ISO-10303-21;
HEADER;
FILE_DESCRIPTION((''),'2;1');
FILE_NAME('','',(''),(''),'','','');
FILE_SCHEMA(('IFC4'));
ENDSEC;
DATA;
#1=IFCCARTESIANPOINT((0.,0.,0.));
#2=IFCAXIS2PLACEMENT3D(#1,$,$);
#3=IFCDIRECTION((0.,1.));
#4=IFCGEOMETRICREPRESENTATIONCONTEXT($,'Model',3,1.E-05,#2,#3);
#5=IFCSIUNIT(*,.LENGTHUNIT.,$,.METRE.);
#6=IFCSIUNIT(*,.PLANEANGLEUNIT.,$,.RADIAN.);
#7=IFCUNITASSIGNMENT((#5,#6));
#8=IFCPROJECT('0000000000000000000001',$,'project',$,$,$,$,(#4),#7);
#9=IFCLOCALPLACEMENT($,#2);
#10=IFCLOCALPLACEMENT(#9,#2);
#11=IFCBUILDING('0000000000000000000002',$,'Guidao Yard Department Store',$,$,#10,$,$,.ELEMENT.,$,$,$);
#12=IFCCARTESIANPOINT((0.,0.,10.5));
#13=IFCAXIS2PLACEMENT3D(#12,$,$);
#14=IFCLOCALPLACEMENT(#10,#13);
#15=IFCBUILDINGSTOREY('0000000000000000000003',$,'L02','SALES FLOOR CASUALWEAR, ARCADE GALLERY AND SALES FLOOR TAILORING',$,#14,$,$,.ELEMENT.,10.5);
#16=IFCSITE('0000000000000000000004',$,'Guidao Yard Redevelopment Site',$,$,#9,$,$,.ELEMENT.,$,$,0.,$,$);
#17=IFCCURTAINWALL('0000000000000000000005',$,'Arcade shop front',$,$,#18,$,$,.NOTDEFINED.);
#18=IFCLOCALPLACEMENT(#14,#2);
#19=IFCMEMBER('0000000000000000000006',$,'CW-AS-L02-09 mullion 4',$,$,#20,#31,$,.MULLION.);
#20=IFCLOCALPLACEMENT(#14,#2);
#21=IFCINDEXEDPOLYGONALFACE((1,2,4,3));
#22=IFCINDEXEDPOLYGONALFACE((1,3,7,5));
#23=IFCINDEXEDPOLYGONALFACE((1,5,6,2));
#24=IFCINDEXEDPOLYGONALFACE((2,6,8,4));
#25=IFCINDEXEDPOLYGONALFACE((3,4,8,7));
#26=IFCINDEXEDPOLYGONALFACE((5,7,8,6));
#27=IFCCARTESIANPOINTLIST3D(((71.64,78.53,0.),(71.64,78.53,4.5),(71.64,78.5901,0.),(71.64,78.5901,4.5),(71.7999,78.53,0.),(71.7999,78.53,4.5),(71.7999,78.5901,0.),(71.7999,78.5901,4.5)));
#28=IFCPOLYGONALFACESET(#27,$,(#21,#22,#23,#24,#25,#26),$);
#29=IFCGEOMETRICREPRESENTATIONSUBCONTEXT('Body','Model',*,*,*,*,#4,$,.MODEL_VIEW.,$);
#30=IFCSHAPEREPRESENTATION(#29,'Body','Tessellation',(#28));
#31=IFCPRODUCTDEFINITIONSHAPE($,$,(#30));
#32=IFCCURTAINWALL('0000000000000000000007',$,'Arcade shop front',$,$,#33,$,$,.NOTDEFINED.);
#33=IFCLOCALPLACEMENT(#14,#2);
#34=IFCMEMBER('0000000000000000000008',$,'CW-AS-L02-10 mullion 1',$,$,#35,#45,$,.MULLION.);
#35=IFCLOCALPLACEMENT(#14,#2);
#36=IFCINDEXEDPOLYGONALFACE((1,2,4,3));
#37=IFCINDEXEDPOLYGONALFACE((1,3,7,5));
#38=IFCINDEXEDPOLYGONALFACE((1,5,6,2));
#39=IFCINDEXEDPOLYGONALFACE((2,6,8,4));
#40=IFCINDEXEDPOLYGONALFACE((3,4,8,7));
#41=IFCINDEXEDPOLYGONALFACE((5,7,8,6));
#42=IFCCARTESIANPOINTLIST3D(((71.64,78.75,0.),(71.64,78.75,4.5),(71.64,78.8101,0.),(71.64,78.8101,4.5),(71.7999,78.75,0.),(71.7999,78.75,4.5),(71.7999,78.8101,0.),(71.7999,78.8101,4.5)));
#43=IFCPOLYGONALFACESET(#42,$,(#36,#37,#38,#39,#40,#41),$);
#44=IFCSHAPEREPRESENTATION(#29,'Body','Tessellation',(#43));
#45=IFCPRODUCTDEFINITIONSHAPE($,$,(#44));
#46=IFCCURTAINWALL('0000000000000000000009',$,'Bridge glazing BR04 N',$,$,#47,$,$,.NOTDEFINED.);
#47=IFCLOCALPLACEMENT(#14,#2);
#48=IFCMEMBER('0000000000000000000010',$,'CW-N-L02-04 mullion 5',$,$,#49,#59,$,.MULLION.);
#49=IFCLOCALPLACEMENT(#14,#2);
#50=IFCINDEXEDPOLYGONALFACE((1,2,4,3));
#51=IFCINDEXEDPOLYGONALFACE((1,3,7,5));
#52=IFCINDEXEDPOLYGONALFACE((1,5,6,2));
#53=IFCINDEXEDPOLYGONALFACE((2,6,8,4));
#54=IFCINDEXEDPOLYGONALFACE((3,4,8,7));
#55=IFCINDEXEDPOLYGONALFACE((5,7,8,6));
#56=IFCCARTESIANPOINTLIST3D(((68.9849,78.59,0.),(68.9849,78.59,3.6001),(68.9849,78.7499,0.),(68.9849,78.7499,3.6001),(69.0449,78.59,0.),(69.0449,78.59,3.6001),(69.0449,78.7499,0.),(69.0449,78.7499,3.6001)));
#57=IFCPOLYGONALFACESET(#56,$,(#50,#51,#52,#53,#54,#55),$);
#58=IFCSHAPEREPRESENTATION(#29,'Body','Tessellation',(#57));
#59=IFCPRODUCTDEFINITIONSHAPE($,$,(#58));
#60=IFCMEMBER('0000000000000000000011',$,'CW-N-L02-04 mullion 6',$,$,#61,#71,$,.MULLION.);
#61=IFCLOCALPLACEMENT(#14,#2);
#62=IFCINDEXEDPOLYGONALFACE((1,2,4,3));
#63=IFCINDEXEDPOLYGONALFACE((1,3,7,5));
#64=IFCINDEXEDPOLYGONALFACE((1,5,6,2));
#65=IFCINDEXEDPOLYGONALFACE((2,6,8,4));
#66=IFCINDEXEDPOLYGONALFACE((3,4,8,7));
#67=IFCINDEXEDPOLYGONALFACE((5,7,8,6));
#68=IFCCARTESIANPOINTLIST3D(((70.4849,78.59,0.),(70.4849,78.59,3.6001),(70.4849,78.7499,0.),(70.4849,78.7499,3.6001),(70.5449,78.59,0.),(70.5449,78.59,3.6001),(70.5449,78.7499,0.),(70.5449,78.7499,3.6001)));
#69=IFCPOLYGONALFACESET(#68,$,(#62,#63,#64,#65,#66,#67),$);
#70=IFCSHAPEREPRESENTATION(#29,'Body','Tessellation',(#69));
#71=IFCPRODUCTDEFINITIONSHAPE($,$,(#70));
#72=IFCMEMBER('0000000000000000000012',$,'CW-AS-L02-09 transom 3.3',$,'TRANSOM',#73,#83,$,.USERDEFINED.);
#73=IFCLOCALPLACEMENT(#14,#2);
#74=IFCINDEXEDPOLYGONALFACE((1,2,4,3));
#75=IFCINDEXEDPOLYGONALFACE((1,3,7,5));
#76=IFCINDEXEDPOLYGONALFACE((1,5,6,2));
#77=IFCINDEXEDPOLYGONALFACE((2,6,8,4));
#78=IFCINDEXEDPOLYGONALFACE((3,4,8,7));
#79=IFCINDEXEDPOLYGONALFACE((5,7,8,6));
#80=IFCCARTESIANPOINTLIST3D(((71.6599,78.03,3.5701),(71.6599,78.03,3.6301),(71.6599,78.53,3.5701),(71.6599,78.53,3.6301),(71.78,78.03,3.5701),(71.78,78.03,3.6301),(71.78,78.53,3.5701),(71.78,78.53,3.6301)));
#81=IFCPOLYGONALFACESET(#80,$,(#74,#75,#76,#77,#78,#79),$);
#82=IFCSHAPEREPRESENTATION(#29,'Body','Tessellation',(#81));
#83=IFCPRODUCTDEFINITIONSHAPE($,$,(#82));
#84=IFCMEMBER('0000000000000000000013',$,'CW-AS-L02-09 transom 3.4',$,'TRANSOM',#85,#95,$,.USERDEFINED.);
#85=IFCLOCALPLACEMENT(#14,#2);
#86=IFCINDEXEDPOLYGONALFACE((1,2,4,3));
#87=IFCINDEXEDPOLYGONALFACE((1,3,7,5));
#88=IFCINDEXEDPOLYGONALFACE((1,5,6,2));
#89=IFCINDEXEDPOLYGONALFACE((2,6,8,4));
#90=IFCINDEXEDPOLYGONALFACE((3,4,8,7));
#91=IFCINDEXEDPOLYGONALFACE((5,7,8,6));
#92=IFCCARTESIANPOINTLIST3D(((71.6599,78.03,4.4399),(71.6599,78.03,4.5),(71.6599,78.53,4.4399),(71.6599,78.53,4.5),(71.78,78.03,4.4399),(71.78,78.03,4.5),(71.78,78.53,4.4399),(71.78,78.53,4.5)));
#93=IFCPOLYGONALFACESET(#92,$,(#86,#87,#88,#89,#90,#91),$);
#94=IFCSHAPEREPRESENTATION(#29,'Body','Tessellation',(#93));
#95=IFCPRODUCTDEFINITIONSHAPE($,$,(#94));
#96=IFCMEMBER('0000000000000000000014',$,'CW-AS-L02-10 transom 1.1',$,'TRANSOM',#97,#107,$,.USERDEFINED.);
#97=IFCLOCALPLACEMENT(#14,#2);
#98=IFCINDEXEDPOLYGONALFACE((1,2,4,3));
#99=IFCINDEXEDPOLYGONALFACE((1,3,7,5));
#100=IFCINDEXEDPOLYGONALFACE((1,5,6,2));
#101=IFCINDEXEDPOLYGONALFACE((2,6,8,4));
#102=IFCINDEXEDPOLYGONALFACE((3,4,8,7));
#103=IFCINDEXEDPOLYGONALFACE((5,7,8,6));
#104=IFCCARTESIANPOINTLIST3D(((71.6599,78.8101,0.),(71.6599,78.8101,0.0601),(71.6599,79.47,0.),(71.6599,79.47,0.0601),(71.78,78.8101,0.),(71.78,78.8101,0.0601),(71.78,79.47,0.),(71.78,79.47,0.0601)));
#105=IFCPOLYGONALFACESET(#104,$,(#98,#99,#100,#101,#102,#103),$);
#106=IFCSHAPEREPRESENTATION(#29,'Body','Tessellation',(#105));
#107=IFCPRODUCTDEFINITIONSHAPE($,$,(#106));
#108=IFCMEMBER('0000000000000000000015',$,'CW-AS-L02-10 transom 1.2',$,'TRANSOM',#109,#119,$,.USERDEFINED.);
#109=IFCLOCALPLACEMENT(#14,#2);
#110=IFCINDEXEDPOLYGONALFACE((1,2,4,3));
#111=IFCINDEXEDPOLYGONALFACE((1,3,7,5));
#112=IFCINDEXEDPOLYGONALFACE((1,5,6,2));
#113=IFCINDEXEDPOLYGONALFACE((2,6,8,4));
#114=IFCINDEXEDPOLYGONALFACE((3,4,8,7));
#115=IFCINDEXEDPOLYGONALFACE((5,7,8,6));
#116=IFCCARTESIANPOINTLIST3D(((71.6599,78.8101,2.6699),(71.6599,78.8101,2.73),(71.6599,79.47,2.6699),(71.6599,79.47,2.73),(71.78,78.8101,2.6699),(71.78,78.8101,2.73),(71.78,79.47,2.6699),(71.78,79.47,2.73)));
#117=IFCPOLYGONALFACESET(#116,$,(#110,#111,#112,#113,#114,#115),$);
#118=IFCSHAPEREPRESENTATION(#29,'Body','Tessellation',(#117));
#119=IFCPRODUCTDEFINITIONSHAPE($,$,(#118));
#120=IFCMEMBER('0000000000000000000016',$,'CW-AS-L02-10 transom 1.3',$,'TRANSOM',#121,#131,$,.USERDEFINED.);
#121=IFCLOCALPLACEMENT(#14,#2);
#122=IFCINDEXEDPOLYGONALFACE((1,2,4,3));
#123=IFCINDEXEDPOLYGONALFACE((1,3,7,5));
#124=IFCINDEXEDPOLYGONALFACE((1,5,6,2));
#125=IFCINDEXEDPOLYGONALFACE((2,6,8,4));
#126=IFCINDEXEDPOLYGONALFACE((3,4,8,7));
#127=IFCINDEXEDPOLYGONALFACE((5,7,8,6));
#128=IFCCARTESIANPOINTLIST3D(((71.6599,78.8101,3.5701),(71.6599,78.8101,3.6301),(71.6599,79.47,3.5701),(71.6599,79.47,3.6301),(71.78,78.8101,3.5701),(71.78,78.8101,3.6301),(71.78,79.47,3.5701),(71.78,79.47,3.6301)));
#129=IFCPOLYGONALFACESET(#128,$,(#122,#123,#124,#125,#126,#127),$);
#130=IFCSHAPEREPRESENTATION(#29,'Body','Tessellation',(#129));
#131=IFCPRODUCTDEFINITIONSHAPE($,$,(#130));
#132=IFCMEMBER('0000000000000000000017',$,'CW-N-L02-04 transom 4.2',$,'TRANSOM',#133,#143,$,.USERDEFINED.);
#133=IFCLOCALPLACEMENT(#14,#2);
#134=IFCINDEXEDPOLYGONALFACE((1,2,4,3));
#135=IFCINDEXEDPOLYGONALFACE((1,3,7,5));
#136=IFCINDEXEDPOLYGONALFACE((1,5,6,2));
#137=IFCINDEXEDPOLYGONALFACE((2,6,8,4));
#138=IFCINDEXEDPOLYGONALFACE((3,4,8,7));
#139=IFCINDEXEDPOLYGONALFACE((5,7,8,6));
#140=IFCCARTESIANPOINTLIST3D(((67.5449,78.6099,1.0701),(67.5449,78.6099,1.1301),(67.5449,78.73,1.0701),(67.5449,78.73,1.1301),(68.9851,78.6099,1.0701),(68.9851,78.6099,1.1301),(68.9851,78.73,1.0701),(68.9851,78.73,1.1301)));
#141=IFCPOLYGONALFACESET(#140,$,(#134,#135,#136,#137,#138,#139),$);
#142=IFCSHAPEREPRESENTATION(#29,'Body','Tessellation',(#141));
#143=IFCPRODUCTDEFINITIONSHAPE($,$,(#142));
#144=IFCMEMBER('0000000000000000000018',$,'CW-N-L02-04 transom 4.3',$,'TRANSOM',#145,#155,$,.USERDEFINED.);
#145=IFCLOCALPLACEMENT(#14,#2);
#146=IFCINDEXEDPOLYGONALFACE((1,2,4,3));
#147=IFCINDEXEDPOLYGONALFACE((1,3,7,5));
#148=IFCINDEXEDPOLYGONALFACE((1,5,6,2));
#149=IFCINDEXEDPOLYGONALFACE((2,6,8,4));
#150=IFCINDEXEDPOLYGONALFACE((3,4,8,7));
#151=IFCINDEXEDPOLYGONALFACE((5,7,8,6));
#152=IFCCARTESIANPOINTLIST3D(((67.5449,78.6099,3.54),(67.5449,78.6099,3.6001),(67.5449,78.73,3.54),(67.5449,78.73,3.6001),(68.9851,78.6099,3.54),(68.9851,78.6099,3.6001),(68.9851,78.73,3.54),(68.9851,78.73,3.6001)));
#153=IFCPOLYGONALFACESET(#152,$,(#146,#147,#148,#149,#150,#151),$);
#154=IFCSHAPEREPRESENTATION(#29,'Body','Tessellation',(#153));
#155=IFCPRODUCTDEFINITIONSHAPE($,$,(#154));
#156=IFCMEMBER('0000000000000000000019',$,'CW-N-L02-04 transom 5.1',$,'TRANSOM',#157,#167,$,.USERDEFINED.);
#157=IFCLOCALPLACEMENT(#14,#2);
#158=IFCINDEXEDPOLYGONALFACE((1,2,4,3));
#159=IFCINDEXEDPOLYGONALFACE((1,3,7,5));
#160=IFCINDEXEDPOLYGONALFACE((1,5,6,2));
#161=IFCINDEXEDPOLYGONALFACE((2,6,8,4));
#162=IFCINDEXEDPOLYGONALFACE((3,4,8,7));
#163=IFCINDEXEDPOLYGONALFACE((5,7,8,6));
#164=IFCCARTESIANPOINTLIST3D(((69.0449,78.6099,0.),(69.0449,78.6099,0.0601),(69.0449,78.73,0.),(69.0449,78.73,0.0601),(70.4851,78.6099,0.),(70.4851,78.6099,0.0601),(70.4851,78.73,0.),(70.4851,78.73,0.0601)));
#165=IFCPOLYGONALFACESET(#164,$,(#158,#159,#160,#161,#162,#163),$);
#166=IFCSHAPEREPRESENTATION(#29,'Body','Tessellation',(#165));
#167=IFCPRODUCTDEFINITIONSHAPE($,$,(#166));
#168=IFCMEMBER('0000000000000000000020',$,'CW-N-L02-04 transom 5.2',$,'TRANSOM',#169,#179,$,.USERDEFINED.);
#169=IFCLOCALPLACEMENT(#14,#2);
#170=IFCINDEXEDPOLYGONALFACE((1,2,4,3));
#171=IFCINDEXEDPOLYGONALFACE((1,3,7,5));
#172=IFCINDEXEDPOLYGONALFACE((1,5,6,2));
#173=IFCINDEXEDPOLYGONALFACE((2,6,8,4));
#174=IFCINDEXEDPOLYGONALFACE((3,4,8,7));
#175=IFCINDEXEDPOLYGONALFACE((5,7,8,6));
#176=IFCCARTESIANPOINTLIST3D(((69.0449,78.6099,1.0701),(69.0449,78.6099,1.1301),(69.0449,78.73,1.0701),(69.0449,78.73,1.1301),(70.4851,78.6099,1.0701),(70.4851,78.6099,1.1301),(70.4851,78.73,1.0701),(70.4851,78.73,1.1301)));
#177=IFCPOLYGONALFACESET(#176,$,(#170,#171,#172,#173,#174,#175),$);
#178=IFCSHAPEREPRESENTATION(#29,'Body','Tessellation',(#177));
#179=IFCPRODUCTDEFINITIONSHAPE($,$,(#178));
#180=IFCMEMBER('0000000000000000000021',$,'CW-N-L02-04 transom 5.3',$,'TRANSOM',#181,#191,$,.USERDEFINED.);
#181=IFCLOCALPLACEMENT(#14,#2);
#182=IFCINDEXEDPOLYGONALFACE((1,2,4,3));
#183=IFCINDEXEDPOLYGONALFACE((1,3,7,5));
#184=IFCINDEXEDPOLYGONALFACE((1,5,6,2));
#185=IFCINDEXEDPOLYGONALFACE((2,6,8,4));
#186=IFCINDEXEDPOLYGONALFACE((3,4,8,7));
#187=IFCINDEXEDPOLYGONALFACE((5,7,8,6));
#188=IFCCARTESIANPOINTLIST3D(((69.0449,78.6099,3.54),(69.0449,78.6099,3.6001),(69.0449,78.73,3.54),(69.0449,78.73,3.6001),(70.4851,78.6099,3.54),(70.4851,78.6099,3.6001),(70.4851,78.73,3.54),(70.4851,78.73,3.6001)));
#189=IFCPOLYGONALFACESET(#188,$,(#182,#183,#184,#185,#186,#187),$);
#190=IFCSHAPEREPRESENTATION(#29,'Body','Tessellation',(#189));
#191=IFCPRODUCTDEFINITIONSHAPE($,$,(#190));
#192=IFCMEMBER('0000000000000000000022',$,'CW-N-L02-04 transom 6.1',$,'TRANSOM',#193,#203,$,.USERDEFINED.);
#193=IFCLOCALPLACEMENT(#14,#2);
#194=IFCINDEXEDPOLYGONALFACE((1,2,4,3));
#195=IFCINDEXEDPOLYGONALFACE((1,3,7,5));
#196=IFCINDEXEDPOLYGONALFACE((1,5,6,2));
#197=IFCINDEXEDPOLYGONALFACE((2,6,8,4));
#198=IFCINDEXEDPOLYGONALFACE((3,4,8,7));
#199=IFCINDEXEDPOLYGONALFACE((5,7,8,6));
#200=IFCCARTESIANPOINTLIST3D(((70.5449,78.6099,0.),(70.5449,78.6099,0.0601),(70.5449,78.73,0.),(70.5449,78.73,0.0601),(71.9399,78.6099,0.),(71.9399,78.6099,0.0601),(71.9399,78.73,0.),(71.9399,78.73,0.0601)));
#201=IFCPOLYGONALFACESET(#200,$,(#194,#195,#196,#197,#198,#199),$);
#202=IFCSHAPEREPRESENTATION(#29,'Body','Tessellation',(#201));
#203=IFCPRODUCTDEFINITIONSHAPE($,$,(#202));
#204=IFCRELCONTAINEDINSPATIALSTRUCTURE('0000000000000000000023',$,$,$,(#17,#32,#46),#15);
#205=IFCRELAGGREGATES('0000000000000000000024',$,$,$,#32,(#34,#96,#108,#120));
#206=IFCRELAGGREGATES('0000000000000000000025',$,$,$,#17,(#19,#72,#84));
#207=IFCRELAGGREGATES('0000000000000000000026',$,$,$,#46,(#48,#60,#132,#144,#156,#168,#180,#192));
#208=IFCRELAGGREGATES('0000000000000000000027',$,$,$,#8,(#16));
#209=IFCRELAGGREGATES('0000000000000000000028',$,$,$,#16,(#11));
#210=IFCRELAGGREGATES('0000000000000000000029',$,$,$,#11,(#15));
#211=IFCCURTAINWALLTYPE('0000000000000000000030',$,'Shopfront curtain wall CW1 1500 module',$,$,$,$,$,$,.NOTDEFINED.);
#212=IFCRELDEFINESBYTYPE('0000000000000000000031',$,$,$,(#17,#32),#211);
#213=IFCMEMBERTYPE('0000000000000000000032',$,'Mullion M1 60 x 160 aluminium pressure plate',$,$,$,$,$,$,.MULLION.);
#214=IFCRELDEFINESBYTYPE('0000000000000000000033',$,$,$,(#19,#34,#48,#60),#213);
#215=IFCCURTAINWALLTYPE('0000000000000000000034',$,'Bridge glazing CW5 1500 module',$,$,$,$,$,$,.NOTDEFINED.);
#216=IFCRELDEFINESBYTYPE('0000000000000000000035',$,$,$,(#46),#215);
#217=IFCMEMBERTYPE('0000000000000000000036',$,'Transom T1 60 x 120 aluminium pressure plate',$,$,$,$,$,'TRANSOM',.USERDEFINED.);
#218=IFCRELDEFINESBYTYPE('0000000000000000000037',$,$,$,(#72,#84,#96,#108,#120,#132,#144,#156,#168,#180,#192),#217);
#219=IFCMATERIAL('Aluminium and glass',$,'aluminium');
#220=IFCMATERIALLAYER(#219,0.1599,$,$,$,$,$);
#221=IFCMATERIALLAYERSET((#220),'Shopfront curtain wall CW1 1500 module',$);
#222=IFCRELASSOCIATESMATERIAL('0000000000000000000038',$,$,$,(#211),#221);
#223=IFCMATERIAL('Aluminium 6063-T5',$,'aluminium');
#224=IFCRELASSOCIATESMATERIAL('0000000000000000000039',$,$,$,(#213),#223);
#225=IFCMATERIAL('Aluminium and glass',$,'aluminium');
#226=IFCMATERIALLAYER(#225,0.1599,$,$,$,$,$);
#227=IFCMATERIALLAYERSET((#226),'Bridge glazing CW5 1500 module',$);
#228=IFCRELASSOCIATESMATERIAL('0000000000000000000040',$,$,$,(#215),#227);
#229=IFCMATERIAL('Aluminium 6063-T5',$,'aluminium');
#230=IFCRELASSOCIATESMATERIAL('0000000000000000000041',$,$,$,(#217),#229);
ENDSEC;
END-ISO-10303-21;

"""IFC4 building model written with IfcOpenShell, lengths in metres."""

from ifc_helpers import new_model, si_unit, direction, frame, origin, origin_2d, place, context, subcontext, project, spatial, rectangle, extrude, material, layer, layer_set, material_profile, profile_set, type_object, element, aggregate, save


model = new_model("IFC4")

# Units and contexts
model_context = context("Model", 3, precision=1e-05, world=origin(), true_north=direction((0.0, 1.0)))
body_context = subcontext(model_context, "Body", "Model", "MODEL_VIEW")
ifc_project = project(units=[si_unit("LENGTHUNIT", "METRE"), si_unit("PLANEANGLEUNIT", "RADIAN")], contexts=[model_context])

# Site, building, storey
site_placement = place(None, origin())
site = spatial("IfcSite", under=ifc_project, at=site_placement, Name="Guidao Yard Redevelopment Site", CompositionType="ELEMENT", RefElevation=0.0)
building_placement = place(site_placement, origin())
building = spatial("IfcBuilding", under=site, at=building_placement, Name="Guidao Yard Department Store", CompositionType="ELEMENT")
storey_placement = place(building_placement, frame((0.0, 0.0, 10.5)))
storey = spatial("IfcBuildingStorey", under=building, at=storey_placement, Name="L02", Description="SALES FLOOR CASUALWEAR, ARCADE GALLERY AND SALES FLOOR TAILORING", CompositionType="ELEMENT", Elevation=10.5)

# Curtain walls, members
ifc_material_1 = material(Name="Aluminium and glass", Category="aluminium")
ifc_layer_1 = layer(ifc_material_1, 0.1599)
ifc_layer_set_1 = layer_set([ifc_layer_1], Name="Shopfront curtain wall CW1 1500 module")
curtain_wall_type_1 = type_object("IfcCurtainWallType", Name="Shopfront curtain wall CW1 1500 module", PredefinedType="NOTDEFINED", material=ifc_layer_set_1)
curtain_wall_1_placement = place(storey_placement, origin())
curtain_wall_1 = element("IfcCurtainWall", 1, at=curtain_wall_1_placement, inside=storey, type_object=curtain_wall_type_1, Name="Arcade shop front", PredefinedType="NOTDEFINED")
ifc_material_2 = material(Name="Aluminium 6063-T5", Category="aluminium")
ifc_material_profile_1 = material_profile(ifc_material_2, rectangle(XDim=0.0601, YDim=0.1599, at=origin_2d()), Name="Mullion M1 60 x 160 aluminium pressure plate")
ifc_profile_set_1 = profile_set([ifc_material_profile_1], Name="Aluminium 6063-T5")
member_type_1 = type_object("IfcMemberType", Name="Mullion M1 60 x 160 aluminium pressure plate", PredefinedType="MULLION", material=ifc_profile_set_1)
member_1_placement = place(storey_placement, frame((71.72, 78.5601, 0.0), z_axis=(0.0, 0.0, 1.0), x_axis=(0.0, 1.0, 0.0)))
member_1 = element("IfcMember", 2, at=member_1_placement, type_object=member_type_1, Name="CW-AS-L02-09 mullion 4", PredefinedType="MULLION", context=body_context, shape_type="SweptSolid", body=[
    extrude(rectangle(XDim=0.0601, YDim=0.1599, at=origin_2d()), origin(), (0.0, 0.0, 1.0), 4.5),
])
curtain_wall_2_placement = place(storey_placement, origin())
curtain_wall_2 = element("IfcCurtainWall", 3, at=curtain_wall_2_placement, inside=storey, type_object=curtain_wall_type_1, Name="Arcade shop front", PredefinedType="NOTDEFINED")
member_2_placement = place(storey_placement, frame((71.72, 78.78, 0.0), z_axis=(0.0, 0.0, 1.0), x_axis=(0.0, 1.0, 0.0)))
member_2 = element("IfcMember", 4, at=member_2_placement, type_object=member_type_1, Name="CW-AS-L02-10 mullion 1", PredefinedType="MULLION", context=body_context, shape_type="SweptSolid", body=[
    extrude(rectangle(XDim=0.0601, YDim=0.1599, at=origin_2d()), origin(), (0.0, 0.0, 1.0), 4.5),
])

# Curtain wall, members
ifc_material_3 = material(Name="Aluminium and glass", Category="aluminium")
ifc_layer_2 = layer(ifc_material_3, 0.1599)
ifc_layer_set_2 = layer_set([ifc_layer_2], Name="Bridge glazing CW5 1500 module")
curtain_wall_type_2 = type_object("IfcCurtainWallType", Name="Bridge glazing CW5 1500 module", PredefinedType="NOTDEFINED", material=ifc_layer_set_2)
curtain_wall_3_placement = place(storey_placement, origin())
curtain_wall_3 = element("IfcCurtainWall", 5, at=curtain_wall_3_placement, inside=storey, type_object=curtain_wall_type_2, Name="Bridge glazing BR04 N", PredefinedType="NOTDEFINED")
member_3_placement = place(storey_placement, frame((69.0149, 78.6699, 0.0), z_axis=(0.0, 0.0, 1.0), x_axis=(1.0, 0.0, 0.0)))
member_3 = element("IfcMember", 6, at=member_3_placement, type_object=member_type_1, Name="CW-N-L02-04 mullion 5", PredefinedType="MULLION", context=body_context, shape_type="SweptSolid", body=[
    extrude(rectangle(XDim=0.0601, YDim=0.1599, at=origin_2d()), origin(), (0.0, 0.0, 1.0), 3.6001),
])
member_4_placement = place(storey_placement, frame((70.5149, 78.6699, 0.0), z_axis=(0.0, 0.0, 1.0), x_axis=(1.0, 0.0, 0.0)))
member_4 = element("IfcMember", 7, at=member_4_placement, type_object=member_type_1, Name="CW-N-L02-04 mullion 6", PredefinedType="MULLION", context=body_context, shape_type="SweptSolid", body=[
    extrude(rectangle(XDim=0.0601, YDim=0.1599, at=origin_2d()), origin(), (0.0, 0.0, 1.0), 3.6001),
])

# Members
ifc_material_4 = material(Name="Aluminium 6063-T5", Category="aluminium")
ifc_material_profile_2 = material_profile(ifc_material_4, rectangle(XDim=0.1201, YDim=0.0601, at=origin_2d()), Name="Transom T1 60 x 120 aluminium pressure plate")
ifc_profile_set_2 = profile_set([ifc_material_profile_2], Name="Aluminium 6063-T5")
member_type_2 = type_object("IfcMemberType", Name="Transom T1 60 x 120 aluminium pressure plate", ElementType="TRANSOM", PredefinedType="USERDEFINED", material=ifc_profile_set_2)
member_5_placement = place(storey_placement, frame((71.72, 78.03, 3.6001), z_axis=(0.0, 1.0, 0.0), x_axis=(-1.0, 0.0, 0.0)))
member_5 = element("IfcMember", 8, at=member_5_placement, type_object=member_type_2, Name="CW-AS-L02-09 transom 3.3", ObjectType="TRANSOM", PredefinedType="USERDEFINED", context=body_context, shape_type="SweptSolid", body=[
    extrude(rectangle(XDim=0.1201, YDim=0.0601, at=origin_2d()), origin(), (0.0, 0.0, 1.0), 0.5),
])
member_6_placement = place(storey_placement, frame((71.72, 78.03, 4.47), z_axis=(0.0, 1.0, 0.0), x_axis=(-1.0, 0.0, 0.0)))
member_6 = element("IfcMember", 9, at=member_6_placement, type_object=member_type_2, Name="CW-AS-L02-09 transom 3.4", ObjectType="TRANSOM", PredefinedType="USERDEFINED", context=body_context, shape_type="SweptSolid", body=[
    extrude(rectangle(XDim=0.1201, YDim=0.0601, at=origin_2d()), origin(), (0.0, 0.0, 1.0), 0.5),
])
member_7_placement = place(storey_placement, frame((71.72, 78.8101, 0.03), z_axis=(0.0, 1.0, 0.0), x_axis=(-1.0, 0.0, 0.0)))
member_7 = element("IfcMember", 10, at=member_7_placement, type_object=member_type_2, Name="CW-AS-L02-10 transom 1.1", ObjectType="TRANSOM", PredefinedType="USERDEFINED", context=body_context, shape_type="SweptSolid", body=[
    extrude(rectangle(XDim=0.1201, YDim=0.0601, at=origin_2d()), origin(), (0.0, 0.0, 1.0), 0.6599),
])
member_8_placement = place(storey_placement, frame((71.72, 78.8101, 2.7), z_axis=(0.0, 1.0, 0.0), x_axis=(-1.0, 0.0, 0.0)))
member_8 = element("IfcMember", 11, at=member_8_placement, type_object=member_type_2, Name="CW-AS-L02-10 transom 1.2", ObjectType="TRANSOM", PredefinedType="USERDEFINED", context=body_context, shape_type="SweptSolid", body=[
    extrude(rectangle(XDim=0.1201, YDim=0.0601, at=origin_2d()), origin(), (0.0, 0.0, 1.0), 0.6599),
])
member_9_placement = place(storey_placement, frame((71.72, 78.8101, 3.6001), z_axis=(0.0, 1.0, 0.0), x_axis=(-1.0, 0.0, 0.0)))
member_9 = element("IfcMember", 12, at=member_9_placement, type_object=member_type_2, Name="CW-AS-L02-10 transom 1.3", ObjectType="TRANSOM", PredefinedType="USERDEFINED", context=body_context, shape_type="SweptSolid", body=[
    extrude(rectangle(XDim=0.1201, YDim=0.0601, at=origin_2d()), origin(), (0.0, 0.0, 1.0), 0.6599),
])
aggregate(curtain_wall_2, [member_2, member_7, member_8, member_9])
member_10_placement = place(storey_placement, frame((67.5449, 78.6699, 1.1001), z_axis=(1.0, 0.0, 0.0), x_axis=(0.0, 1.0, 0.0)))
member_10 = element("IfcMember", 13, at=member_10_placement, type_object=member_type_2, Name="CW-N-L02-04 transom 4.2", ObjectType="TRANSOM", PredefinedType="USERDEFINED", context=body_context, shape_type="SweptSolid", body=[
    extrude(rectangle(XDim=0.1201, YDim=0.0601, at=origin_2d()), origin(), (0.0, 0.0, 1.0), 1.4402),
])
member_11_placement = place(storey_placement, frame((67.5449, 78.6699, 3.5701), z_axis=(1.0, 0.0, 0.0), x_axis=(0.0, 1.0, 0.0)))
member_11 = element("IfcMember", 14, at=member_11_placement, type_object=member_type_2, Name="CW-N-L02-04 transom 4.3", ObjectType="TRANSOM", PredefinedType="USERDEFINED", context=body_context, shape_type="SweptSolid", body=[
    extrude(rectangle(XDim=0.1201, YDim=0.0601, at=origin_2d()), origin(), (0.0, 0.0, 1.0), 1.4402),
])
member_12_placement = place(storey_placement, frame((69.0449, 78.6699, 0.03), z_axis=(1.0, 0.0, 0.0), x_axis=(0.0, 1.0, 0.0)))
member_12 = element("IfcMember", 15, at=member_12_placement, type_object=member_type_2, Name="CW-N-L02-04 transom 5.1", ObjectType="TRANSOM", PredefinedType="USERDEFINED", context=body_context, shape_type="SweptSolid", body=[
    extrude(rectangle(XDim=0.1201, YDim=0.0601, at=origin_2d()), origin(), (0.0, 0.0, 1.0), 1.4402),
])
member_13_placement = place(storey_placement, frame((69.0449, 78.6699, 1.1001), z_axis=(1.0, 0.0, 0.0), x_axis=(0.0, 1.0, 0.0)))
member_13 = element("IfcMember", 16, at=member_13_placement, type_object=member_type_2, Name="CW-N-L02-04 transom 5.2", ObjectType="TRANSOM", PredefinedType="USERDEFINED", context=body_context, shape_type="SweptSolid", body=[
    extrude(rectangle(XDim=0.1201, YDim=0.0601, at=origin_2d()), origin(), (0.0, 0.0, 1.0), 1.4402),
])
member_14_placement = place(storey_placement, frame((69.0449, 78.6699, 3.5701), z_axis=(1.0, 0.0, 0.0), x_axis=(0.0, 1.0, 0.0)))
member_14 = element("IfcMember", 17, at=member_14_placement, type_object=member_type_2, Name="CW-N-L02-04 transom 5.3", ObjectType="TRANSOM", PredefinedType="USERDEFINED", context=body_context, shape_type="SweptSolid", body=[
    extrude(rectangle(XDim=0.1201, YDim=0.0601, at=origin_2d()), origin(), (0.0, 0.0, 1.0), 1.4402),
])
member_15_placement = place(storey_placement, frame((70.5449, 78.6699, 0.03), z_axis=(1.0, 0.0, 0.0), x_axis=(0.0, 1.0, 0.0)))
member_15 = element("IfcMember", 18, at=member_15_placement, type_object=member_type_2, Name="CW-N-L02-04 transom 6.1", ObjectType="TRANSOM", PredefinedType="USERDEFINED", context=body_context, shape_type="SweptSolid", body=[
    extrude(rectangle(XDim=0.1201, YDim=0.0601, at=origin_2d()), origin(), (0.0, 0.0, 1.0), 1.395),
])

aggregate(curtain_wall_1, [member_1, member_5, member_6])
aggregate(curtain_wall_3, [member_3, member_4, member_10, member_11, member_12, member_13, member_14, member_15])

save(model, "model.ifc")
